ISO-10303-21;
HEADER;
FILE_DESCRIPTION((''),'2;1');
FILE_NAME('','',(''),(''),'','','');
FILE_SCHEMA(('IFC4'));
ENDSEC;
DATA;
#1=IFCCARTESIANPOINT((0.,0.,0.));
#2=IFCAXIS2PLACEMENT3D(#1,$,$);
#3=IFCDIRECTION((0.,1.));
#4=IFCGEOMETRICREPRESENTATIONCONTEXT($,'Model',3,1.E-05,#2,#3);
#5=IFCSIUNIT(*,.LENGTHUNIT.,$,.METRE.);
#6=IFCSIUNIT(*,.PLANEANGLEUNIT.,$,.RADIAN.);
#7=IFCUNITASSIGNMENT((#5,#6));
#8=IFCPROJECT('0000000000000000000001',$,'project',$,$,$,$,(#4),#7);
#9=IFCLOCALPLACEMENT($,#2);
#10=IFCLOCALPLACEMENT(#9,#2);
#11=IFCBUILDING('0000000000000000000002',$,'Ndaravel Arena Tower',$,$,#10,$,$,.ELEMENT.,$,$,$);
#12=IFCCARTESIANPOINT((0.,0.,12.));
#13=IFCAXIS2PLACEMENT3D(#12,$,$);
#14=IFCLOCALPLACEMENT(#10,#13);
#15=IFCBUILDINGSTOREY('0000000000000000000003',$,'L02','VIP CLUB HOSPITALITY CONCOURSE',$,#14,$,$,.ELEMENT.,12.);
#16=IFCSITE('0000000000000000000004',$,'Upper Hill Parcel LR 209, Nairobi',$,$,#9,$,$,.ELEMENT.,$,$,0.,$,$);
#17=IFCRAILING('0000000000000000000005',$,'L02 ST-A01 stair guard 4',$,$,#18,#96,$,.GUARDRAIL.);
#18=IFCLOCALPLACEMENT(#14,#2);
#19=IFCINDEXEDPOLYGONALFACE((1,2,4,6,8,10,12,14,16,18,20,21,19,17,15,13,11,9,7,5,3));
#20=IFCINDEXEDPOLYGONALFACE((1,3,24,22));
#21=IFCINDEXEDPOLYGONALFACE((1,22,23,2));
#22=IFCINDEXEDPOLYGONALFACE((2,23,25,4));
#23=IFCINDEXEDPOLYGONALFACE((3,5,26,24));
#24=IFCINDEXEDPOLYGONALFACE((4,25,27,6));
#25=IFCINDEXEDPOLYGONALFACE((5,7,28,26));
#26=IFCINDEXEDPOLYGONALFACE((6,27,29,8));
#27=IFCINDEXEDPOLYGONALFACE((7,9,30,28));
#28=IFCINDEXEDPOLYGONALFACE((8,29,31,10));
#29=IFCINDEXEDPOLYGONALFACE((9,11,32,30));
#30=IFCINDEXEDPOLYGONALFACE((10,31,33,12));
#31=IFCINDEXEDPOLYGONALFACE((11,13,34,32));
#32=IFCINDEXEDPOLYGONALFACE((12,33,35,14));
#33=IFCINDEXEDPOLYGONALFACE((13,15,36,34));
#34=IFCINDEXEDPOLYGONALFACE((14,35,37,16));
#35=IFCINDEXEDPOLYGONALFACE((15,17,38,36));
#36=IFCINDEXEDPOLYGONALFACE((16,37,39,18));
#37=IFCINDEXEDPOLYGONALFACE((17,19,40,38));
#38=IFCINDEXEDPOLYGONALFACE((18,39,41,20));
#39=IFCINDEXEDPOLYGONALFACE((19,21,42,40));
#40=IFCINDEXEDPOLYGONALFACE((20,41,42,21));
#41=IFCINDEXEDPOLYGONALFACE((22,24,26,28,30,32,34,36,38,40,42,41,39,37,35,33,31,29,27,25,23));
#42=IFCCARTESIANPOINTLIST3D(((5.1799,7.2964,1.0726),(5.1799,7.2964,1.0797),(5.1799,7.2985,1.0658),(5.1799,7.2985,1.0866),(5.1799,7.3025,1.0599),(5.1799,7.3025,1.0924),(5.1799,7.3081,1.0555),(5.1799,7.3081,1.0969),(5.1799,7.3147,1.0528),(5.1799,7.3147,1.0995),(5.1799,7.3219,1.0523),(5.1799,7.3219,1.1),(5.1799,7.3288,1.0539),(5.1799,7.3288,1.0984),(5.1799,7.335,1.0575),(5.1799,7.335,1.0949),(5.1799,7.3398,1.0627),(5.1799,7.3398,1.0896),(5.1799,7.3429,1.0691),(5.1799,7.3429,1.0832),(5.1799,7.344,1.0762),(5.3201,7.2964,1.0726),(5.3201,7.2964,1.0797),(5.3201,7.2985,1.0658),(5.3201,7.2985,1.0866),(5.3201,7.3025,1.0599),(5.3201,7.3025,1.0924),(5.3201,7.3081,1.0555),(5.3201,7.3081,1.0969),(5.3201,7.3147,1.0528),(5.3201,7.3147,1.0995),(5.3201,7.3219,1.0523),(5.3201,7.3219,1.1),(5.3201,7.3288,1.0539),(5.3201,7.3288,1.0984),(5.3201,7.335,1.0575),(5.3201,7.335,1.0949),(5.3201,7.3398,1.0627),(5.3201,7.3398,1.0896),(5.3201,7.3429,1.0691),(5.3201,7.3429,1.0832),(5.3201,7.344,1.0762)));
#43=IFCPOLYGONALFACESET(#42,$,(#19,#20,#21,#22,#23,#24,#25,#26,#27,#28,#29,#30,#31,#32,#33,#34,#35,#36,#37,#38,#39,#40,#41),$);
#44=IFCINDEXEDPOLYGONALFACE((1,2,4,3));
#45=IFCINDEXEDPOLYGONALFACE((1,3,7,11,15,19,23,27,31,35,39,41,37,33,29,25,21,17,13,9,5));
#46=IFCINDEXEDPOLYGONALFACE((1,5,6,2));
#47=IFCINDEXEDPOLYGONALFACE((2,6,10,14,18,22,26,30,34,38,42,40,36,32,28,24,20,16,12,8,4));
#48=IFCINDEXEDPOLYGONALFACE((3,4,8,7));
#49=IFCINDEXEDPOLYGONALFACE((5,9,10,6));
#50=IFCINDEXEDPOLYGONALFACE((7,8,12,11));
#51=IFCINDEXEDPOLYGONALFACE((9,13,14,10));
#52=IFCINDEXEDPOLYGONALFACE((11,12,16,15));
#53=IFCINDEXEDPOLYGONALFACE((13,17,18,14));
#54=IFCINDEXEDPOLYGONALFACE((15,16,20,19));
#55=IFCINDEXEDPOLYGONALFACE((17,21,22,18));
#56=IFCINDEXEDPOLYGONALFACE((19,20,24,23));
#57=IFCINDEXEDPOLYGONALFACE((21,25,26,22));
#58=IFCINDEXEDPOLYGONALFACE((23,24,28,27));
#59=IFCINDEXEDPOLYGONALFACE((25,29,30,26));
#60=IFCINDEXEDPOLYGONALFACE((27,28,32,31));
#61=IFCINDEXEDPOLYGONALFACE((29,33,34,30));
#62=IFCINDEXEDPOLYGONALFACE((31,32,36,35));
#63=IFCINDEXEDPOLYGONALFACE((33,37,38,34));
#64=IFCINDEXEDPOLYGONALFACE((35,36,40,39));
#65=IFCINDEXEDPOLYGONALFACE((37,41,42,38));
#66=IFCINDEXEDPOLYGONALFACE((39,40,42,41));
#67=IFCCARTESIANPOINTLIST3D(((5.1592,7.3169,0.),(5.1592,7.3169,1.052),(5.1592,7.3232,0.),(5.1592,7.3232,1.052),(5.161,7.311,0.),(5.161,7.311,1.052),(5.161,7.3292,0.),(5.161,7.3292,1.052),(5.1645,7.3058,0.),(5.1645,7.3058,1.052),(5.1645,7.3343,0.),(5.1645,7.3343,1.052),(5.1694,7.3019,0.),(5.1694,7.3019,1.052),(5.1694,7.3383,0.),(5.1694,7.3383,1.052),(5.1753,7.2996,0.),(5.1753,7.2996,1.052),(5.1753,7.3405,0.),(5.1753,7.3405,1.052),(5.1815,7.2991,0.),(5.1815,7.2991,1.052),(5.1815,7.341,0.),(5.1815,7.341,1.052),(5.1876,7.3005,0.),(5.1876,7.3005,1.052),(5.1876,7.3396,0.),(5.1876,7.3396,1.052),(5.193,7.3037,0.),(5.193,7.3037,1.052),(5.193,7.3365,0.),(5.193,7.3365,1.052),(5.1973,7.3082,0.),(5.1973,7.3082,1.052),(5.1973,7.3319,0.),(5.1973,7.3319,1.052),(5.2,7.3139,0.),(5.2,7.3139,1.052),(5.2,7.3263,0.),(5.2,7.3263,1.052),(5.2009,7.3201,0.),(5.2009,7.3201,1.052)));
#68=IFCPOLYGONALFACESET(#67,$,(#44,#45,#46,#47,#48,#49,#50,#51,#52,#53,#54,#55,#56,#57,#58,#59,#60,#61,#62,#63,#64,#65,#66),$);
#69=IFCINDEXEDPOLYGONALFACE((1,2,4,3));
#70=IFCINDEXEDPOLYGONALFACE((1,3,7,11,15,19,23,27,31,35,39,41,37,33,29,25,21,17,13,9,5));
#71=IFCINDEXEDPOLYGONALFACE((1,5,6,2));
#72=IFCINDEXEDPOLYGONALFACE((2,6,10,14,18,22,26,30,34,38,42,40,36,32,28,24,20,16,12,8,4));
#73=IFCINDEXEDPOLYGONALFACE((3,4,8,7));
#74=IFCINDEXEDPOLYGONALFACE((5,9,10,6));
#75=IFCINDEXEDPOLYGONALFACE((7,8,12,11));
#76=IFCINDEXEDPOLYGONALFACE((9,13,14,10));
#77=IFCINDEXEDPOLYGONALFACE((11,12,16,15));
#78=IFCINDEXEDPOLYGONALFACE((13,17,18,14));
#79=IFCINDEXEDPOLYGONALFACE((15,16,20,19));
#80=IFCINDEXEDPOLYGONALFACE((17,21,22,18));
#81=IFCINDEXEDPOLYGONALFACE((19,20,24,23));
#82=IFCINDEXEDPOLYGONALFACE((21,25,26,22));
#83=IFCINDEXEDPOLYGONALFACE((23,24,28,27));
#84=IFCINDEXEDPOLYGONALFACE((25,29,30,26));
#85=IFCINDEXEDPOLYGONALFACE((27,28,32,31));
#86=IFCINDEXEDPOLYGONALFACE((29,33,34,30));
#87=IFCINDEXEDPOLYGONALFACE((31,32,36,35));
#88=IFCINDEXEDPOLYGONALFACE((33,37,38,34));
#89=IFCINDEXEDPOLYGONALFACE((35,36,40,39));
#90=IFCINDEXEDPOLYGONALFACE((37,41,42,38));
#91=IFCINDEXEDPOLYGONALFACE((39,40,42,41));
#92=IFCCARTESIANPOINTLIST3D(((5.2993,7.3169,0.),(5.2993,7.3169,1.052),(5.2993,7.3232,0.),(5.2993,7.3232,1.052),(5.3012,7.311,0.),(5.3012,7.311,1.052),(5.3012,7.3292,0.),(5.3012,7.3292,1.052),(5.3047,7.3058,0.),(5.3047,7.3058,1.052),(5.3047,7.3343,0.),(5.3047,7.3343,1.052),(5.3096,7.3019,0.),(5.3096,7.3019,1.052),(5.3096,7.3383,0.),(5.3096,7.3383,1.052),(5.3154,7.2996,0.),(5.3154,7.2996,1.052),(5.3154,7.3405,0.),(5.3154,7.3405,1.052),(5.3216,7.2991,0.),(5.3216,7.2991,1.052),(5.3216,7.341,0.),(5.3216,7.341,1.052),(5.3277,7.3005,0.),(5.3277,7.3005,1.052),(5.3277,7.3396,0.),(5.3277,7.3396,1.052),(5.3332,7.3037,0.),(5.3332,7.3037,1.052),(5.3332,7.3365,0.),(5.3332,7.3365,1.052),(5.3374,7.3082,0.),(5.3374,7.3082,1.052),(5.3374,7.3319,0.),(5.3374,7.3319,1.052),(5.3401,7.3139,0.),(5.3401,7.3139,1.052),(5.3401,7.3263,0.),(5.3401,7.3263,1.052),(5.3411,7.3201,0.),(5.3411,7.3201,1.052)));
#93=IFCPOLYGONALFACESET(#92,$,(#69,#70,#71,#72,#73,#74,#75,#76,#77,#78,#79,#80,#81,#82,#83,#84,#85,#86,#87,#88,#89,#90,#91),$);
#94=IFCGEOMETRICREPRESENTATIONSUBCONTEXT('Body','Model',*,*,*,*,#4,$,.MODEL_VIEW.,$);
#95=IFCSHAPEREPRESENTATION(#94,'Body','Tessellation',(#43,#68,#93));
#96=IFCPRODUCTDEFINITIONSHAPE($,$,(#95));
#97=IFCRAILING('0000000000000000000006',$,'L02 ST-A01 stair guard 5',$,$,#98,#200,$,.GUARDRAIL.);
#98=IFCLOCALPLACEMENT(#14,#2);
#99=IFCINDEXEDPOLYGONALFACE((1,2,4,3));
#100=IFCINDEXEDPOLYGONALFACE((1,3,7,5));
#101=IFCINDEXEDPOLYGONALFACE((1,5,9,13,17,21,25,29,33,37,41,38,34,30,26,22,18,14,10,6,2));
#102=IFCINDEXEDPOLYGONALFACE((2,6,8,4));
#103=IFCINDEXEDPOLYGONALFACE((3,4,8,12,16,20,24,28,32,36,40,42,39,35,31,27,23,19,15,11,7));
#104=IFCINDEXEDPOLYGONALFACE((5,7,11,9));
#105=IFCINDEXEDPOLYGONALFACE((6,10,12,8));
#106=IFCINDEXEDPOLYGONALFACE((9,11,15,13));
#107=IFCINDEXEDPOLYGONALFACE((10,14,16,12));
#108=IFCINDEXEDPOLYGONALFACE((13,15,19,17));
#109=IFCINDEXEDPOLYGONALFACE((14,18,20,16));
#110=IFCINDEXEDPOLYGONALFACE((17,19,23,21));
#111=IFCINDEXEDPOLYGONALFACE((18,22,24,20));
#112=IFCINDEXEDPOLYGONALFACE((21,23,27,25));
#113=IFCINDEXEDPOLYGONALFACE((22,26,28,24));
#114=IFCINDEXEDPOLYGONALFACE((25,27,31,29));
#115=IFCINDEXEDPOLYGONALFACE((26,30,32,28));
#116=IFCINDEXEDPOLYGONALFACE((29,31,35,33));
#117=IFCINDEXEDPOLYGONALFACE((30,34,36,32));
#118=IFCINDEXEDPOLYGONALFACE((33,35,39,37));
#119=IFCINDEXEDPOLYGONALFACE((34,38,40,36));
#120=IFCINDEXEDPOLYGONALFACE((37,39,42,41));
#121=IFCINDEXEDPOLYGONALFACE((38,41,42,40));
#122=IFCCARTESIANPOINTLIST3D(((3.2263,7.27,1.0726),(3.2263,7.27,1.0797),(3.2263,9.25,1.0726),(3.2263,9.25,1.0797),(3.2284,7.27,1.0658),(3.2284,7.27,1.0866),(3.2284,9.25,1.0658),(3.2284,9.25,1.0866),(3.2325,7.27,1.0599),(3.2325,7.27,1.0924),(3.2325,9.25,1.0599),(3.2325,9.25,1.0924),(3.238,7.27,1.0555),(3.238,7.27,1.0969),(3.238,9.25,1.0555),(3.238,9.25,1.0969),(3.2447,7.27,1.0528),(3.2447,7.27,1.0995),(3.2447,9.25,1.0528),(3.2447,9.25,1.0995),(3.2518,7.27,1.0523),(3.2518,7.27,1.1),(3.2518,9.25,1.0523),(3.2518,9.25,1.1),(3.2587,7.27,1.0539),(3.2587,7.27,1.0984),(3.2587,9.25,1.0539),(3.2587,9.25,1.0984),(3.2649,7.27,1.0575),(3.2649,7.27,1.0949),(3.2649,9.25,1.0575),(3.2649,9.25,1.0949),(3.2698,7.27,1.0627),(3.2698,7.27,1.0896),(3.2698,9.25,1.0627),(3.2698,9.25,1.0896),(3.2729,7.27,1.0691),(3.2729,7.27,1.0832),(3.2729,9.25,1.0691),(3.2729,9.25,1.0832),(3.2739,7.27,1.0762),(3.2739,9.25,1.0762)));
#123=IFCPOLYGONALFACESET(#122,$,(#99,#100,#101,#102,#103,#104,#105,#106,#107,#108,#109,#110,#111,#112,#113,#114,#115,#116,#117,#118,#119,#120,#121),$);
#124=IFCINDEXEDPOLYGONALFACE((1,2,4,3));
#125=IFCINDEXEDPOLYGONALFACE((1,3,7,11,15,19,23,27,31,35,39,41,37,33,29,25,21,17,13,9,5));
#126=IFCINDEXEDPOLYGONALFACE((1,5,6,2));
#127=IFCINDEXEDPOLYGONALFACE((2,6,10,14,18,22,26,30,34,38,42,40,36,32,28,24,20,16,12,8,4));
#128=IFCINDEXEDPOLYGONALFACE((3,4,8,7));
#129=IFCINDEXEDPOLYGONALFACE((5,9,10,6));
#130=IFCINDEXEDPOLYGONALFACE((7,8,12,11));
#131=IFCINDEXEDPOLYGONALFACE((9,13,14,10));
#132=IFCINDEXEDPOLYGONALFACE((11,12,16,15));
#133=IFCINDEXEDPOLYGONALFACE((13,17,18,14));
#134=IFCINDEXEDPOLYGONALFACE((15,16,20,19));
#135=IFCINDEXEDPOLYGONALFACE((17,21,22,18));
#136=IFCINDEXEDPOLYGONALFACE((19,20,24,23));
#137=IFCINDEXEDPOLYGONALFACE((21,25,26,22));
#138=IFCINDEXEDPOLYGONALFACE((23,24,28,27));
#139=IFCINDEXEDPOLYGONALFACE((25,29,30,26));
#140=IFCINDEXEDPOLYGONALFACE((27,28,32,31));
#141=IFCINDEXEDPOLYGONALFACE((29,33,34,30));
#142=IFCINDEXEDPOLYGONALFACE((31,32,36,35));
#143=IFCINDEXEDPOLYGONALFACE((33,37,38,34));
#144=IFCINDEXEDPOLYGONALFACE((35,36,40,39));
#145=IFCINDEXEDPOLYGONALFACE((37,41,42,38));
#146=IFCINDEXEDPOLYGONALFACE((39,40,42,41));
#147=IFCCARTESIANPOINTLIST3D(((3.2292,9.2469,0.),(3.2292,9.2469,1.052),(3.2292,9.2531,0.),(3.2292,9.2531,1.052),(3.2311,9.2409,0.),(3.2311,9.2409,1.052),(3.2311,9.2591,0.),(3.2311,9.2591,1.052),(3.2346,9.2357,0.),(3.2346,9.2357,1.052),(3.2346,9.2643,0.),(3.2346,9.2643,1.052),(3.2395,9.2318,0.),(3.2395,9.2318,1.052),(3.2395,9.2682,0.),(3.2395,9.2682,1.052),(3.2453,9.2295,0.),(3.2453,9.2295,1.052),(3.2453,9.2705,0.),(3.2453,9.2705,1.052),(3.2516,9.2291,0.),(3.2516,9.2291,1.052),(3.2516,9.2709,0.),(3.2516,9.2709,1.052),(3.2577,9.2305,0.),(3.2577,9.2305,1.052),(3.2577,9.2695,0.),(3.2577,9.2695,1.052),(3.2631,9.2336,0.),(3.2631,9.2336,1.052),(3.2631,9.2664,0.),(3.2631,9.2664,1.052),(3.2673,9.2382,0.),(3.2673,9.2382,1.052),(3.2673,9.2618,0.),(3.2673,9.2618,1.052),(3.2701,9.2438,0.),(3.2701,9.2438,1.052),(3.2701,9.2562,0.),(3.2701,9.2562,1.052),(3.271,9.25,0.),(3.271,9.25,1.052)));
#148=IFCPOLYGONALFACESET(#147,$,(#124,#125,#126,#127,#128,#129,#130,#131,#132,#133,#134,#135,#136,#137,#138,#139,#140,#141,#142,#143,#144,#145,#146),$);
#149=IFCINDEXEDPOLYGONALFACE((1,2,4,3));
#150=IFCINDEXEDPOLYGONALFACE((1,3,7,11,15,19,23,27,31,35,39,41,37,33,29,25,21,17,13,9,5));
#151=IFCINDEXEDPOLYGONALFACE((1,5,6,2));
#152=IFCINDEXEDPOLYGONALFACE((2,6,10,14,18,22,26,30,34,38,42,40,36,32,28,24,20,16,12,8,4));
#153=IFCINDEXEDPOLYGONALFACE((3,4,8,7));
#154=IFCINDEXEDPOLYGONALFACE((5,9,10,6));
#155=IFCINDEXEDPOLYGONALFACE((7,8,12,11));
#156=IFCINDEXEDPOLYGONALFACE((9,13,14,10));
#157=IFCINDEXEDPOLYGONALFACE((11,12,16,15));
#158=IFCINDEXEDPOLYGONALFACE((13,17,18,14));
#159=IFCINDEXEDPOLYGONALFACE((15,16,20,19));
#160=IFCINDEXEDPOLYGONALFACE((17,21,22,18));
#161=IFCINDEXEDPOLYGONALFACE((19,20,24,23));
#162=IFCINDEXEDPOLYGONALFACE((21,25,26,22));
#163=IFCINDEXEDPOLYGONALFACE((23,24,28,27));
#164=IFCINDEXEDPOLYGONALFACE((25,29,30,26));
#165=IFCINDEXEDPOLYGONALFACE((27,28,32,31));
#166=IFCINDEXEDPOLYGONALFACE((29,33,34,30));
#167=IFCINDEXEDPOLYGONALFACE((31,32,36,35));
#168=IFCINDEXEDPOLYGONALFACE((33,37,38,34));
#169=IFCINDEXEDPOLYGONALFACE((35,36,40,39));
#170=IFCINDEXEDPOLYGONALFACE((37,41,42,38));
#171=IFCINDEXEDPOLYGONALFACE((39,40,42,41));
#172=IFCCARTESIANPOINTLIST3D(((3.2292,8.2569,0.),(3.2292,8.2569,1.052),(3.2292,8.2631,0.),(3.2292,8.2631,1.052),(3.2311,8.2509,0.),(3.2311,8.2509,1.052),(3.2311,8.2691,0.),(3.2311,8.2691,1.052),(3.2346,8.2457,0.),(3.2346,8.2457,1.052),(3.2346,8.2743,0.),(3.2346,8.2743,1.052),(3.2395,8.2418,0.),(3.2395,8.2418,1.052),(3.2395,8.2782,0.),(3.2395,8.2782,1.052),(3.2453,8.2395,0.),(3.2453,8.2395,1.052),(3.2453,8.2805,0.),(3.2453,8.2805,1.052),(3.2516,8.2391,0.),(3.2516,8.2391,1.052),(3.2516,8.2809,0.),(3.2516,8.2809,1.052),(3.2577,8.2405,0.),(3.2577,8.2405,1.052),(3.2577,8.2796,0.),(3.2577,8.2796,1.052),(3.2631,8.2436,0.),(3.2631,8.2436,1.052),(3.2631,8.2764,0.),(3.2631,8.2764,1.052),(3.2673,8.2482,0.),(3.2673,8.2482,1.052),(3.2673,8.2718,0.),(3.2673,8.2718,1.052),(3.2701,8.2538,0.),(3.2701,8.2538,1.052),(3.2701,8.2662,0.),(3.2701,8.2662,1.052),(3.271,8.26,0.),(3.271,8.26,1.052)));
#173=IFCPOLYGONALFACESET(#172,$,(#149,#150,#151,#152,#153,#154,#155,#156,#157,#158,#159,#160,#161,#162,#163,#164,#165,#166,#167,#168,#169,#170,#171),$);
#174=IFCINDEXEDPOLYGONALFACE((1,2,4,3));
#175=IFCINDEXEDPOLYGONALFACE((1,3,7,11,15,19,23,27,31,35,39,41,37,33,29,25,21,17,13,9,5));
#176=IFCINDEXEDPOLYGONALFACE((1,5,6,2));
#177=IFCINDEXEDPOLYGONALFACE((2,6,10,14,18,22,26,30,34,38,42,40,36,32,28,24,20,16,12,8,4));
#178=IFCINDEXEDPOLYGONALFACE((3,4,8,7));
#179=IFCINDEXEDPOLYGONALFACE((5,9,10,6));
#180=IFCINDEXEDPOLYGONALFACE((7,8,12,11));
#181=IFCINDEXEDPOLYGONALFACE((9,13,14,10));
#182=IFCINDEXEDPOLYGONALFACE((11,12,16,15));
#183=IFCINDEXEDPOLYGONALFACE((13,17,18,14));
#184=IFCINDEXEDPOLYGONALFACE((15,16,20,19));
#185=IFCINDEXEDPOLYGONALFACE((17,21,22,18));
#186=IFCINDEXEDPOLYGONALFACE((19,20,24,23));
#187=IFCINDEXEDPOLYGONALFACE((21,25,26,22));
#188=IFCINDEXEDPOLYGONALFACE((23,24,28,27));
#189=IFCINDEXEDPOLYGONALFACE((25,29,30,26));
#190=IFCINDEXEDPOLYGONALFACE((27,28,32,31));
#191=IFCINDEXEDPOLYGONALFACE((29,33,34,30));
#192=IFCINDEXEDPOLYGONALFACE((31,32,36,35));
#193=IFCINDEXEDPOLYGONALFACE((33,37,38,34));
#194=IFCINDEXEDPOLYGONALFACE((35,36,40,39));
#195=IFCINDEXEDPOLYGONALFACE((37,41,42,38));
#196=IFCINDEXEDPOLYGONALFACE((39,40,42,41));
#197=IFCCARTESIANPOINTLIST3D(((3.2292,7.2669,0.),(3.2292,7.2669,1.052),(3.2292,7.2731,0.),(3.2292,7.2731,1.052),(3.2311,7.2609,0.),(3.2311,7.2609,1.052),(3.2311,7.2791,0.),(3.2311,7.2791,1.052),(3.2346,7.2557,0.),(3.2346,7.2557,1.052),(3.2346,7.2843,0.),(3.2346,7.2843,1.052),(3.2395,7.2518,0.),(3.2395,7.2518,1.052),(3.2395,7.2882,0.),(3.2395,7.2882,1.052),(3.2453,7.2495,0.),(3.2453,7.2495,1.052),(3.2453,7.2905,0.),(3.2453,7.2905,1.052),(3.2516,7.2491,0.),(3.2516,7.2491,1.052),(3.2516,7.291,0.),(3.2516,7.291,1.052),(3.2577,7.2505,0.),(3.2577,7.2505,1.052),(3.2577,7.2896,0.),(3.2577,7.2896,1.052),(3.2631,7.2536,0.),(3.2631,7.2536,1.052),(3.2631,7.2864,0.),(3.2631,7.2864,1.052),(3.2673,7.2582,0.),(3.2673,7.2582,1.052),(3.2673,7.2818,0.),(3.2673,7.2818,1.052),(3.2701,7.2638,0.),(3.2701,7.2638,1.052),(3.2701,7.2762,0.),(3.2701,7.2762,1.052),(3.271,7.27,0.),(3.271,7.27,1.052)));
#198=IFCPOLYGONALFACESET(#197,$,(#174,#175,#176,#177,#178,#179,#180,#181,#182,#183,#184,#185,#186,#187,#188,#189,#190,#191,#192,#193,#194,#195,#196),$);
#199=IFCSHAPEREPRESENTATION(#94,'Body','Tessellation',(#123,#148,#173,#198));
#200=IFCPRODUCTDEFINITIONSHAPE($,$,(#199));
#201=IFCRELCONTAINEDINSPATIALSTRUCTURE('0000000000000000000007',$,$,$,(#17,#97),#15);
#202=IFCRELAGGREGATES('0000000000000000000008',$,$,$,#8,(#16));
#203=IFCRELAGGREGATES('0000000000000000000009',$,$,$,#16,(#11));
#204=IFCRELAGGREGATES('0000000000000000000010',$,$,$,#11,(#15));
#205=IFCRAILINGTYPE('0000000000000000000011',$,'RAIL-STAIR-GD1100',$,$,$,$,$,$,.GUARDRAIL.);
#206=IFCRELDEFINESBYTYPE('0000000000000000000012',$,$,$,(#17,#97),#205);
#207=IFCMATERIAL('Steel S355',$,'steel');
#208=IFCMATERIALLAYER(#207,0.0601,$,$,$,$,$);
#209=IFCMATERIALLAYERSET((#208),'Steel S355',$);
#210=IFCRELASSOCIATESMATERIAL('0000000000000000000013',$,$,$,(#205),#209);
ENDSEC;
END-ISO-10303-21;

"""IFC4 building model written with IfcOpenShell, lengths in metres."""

from ifc_helpers import new_model, si_unit, direction, frame, origin, origin_2d, place, context, subcontext, project, spatial, circle, extrude, material, layer, layer_set, type_object, element, save


model = new_model("IFC4")

# Units and contexts
model_context = context("Model", 3, precision=1e-05, world=origin(), true_north=direction((0.0, 1.0)))
body_context = subcontext(model_context, "Body", "Model", "MODEL_VIEW")
ifc_project = project(units=[si_unit("LENGTHUNIT", "METRE"), si_unit("PLANEANGLEUNIT", "RADIAN")], contexts=[model_context])

# Site, building, storey
site_placement = place(None, origin())
site = spatial("IfcSite", under=ifc_project, at=site_placement, Name="Upper Hill Parcel LR 209, Nairobi", CompositionType="ELEMENT", RefElevation=0.0)
building_placement = place(site_placement, origin())
building = spatial("IfcBuilding", under=site, at=building_placement, Name="Ndaravel Arena Tower", CompositionType="ELEMENT")
storey_placement = place(building_placement, frame((0.0, 0.0, 12.0)))
storey = spatial("IfcBuildingStorey", under=building, at=storey_placement, Name="L02", Description="VIP CLUB HOSPITALITY CONCOURSE", CompositionType="ELEMENT", Elevation=12.0)

# Railings
ifc_material_1 = material(Name="Steel S355", Category="steel")
ifc_layer_1 = layer(ifc_material_1, 0.0601)
ifc_layer_set_1 = layer_set([ifc_layer_1], Name="Steel S355")
railing_type_1 = type_object("IfcRailingType", Name="RAIL-STAIR-GD1100", PredefinedType="GUARDRAIL", material=ifc_layer_set_1)
railing_1_placement = place(storey_placement, frame((5.1799, 7.3201, 0.0)))
element("IfcRailing", 1, at=railing_1_placement, inside=storey, type_object=railing_type_1, Name="L02 ST-A01 stair guard 4", PredefinedType="GUARDRAIL", context=body_context, shape_type="SweptSolid", body=[
    extrude(circle(Radius=0.0239, at=origin_2d()), frame((0.0, 0.0, 1.0762), z_axis=(1.0, 0.0, 0.0), x_axis=(0.0, 1.0, 0.0)), (0.0, 0.0, 1.0), 0.1401),
    extrude(circle(Radius=0.021, at=origin_2d()), origin(), (0.0, 0.0, 1.0), 1.052),
    extrude(circle(Radius=0.021, at=origin_2d()), frame((0.1401, 0.0, 0.0)), (0.0, 0.0, 1.0), 1.052),
])
for number, where, name in (
    (2, (3.25, 9.25, 0.0), "L02 ST-A01 stair guard 5"),
):
    element("IfcRailing", number, at=place(storey_placement, frame(where)), inside=storey, type_object=railing_type_1, Name=name, PredefinedType="GUARDRAIL", context=body_context, shape_type="SweptSolid", body=[
        extrude(circle(Radius=0.0239, at=origin_2d()), frame((0.0, 0.0, 1.0762), z_axis=(0.0, -1.0, 0.0), x_axis=(1.0, 0.0, 0.0)), (0.0, 0.0, 1.0), 1.98),
        extrude(circle(Radius=0.021, at=origin_2d()), origin(), (0.0, 0.0, 1.0), 1.052),
        extrude(circle(Radius=0.021, at=origin_2d()), frame((0.0, -0.99, 0.0)), (0.0, 0.0, 1.0), 1.052),
        extrude(circle(Radius=0.021, at=origin_2d()), frame((0.0, -1.98, 0.0)), (0.0, 0.0, 1.0), 1.052),
    ])

save(model, "model.ifc")
